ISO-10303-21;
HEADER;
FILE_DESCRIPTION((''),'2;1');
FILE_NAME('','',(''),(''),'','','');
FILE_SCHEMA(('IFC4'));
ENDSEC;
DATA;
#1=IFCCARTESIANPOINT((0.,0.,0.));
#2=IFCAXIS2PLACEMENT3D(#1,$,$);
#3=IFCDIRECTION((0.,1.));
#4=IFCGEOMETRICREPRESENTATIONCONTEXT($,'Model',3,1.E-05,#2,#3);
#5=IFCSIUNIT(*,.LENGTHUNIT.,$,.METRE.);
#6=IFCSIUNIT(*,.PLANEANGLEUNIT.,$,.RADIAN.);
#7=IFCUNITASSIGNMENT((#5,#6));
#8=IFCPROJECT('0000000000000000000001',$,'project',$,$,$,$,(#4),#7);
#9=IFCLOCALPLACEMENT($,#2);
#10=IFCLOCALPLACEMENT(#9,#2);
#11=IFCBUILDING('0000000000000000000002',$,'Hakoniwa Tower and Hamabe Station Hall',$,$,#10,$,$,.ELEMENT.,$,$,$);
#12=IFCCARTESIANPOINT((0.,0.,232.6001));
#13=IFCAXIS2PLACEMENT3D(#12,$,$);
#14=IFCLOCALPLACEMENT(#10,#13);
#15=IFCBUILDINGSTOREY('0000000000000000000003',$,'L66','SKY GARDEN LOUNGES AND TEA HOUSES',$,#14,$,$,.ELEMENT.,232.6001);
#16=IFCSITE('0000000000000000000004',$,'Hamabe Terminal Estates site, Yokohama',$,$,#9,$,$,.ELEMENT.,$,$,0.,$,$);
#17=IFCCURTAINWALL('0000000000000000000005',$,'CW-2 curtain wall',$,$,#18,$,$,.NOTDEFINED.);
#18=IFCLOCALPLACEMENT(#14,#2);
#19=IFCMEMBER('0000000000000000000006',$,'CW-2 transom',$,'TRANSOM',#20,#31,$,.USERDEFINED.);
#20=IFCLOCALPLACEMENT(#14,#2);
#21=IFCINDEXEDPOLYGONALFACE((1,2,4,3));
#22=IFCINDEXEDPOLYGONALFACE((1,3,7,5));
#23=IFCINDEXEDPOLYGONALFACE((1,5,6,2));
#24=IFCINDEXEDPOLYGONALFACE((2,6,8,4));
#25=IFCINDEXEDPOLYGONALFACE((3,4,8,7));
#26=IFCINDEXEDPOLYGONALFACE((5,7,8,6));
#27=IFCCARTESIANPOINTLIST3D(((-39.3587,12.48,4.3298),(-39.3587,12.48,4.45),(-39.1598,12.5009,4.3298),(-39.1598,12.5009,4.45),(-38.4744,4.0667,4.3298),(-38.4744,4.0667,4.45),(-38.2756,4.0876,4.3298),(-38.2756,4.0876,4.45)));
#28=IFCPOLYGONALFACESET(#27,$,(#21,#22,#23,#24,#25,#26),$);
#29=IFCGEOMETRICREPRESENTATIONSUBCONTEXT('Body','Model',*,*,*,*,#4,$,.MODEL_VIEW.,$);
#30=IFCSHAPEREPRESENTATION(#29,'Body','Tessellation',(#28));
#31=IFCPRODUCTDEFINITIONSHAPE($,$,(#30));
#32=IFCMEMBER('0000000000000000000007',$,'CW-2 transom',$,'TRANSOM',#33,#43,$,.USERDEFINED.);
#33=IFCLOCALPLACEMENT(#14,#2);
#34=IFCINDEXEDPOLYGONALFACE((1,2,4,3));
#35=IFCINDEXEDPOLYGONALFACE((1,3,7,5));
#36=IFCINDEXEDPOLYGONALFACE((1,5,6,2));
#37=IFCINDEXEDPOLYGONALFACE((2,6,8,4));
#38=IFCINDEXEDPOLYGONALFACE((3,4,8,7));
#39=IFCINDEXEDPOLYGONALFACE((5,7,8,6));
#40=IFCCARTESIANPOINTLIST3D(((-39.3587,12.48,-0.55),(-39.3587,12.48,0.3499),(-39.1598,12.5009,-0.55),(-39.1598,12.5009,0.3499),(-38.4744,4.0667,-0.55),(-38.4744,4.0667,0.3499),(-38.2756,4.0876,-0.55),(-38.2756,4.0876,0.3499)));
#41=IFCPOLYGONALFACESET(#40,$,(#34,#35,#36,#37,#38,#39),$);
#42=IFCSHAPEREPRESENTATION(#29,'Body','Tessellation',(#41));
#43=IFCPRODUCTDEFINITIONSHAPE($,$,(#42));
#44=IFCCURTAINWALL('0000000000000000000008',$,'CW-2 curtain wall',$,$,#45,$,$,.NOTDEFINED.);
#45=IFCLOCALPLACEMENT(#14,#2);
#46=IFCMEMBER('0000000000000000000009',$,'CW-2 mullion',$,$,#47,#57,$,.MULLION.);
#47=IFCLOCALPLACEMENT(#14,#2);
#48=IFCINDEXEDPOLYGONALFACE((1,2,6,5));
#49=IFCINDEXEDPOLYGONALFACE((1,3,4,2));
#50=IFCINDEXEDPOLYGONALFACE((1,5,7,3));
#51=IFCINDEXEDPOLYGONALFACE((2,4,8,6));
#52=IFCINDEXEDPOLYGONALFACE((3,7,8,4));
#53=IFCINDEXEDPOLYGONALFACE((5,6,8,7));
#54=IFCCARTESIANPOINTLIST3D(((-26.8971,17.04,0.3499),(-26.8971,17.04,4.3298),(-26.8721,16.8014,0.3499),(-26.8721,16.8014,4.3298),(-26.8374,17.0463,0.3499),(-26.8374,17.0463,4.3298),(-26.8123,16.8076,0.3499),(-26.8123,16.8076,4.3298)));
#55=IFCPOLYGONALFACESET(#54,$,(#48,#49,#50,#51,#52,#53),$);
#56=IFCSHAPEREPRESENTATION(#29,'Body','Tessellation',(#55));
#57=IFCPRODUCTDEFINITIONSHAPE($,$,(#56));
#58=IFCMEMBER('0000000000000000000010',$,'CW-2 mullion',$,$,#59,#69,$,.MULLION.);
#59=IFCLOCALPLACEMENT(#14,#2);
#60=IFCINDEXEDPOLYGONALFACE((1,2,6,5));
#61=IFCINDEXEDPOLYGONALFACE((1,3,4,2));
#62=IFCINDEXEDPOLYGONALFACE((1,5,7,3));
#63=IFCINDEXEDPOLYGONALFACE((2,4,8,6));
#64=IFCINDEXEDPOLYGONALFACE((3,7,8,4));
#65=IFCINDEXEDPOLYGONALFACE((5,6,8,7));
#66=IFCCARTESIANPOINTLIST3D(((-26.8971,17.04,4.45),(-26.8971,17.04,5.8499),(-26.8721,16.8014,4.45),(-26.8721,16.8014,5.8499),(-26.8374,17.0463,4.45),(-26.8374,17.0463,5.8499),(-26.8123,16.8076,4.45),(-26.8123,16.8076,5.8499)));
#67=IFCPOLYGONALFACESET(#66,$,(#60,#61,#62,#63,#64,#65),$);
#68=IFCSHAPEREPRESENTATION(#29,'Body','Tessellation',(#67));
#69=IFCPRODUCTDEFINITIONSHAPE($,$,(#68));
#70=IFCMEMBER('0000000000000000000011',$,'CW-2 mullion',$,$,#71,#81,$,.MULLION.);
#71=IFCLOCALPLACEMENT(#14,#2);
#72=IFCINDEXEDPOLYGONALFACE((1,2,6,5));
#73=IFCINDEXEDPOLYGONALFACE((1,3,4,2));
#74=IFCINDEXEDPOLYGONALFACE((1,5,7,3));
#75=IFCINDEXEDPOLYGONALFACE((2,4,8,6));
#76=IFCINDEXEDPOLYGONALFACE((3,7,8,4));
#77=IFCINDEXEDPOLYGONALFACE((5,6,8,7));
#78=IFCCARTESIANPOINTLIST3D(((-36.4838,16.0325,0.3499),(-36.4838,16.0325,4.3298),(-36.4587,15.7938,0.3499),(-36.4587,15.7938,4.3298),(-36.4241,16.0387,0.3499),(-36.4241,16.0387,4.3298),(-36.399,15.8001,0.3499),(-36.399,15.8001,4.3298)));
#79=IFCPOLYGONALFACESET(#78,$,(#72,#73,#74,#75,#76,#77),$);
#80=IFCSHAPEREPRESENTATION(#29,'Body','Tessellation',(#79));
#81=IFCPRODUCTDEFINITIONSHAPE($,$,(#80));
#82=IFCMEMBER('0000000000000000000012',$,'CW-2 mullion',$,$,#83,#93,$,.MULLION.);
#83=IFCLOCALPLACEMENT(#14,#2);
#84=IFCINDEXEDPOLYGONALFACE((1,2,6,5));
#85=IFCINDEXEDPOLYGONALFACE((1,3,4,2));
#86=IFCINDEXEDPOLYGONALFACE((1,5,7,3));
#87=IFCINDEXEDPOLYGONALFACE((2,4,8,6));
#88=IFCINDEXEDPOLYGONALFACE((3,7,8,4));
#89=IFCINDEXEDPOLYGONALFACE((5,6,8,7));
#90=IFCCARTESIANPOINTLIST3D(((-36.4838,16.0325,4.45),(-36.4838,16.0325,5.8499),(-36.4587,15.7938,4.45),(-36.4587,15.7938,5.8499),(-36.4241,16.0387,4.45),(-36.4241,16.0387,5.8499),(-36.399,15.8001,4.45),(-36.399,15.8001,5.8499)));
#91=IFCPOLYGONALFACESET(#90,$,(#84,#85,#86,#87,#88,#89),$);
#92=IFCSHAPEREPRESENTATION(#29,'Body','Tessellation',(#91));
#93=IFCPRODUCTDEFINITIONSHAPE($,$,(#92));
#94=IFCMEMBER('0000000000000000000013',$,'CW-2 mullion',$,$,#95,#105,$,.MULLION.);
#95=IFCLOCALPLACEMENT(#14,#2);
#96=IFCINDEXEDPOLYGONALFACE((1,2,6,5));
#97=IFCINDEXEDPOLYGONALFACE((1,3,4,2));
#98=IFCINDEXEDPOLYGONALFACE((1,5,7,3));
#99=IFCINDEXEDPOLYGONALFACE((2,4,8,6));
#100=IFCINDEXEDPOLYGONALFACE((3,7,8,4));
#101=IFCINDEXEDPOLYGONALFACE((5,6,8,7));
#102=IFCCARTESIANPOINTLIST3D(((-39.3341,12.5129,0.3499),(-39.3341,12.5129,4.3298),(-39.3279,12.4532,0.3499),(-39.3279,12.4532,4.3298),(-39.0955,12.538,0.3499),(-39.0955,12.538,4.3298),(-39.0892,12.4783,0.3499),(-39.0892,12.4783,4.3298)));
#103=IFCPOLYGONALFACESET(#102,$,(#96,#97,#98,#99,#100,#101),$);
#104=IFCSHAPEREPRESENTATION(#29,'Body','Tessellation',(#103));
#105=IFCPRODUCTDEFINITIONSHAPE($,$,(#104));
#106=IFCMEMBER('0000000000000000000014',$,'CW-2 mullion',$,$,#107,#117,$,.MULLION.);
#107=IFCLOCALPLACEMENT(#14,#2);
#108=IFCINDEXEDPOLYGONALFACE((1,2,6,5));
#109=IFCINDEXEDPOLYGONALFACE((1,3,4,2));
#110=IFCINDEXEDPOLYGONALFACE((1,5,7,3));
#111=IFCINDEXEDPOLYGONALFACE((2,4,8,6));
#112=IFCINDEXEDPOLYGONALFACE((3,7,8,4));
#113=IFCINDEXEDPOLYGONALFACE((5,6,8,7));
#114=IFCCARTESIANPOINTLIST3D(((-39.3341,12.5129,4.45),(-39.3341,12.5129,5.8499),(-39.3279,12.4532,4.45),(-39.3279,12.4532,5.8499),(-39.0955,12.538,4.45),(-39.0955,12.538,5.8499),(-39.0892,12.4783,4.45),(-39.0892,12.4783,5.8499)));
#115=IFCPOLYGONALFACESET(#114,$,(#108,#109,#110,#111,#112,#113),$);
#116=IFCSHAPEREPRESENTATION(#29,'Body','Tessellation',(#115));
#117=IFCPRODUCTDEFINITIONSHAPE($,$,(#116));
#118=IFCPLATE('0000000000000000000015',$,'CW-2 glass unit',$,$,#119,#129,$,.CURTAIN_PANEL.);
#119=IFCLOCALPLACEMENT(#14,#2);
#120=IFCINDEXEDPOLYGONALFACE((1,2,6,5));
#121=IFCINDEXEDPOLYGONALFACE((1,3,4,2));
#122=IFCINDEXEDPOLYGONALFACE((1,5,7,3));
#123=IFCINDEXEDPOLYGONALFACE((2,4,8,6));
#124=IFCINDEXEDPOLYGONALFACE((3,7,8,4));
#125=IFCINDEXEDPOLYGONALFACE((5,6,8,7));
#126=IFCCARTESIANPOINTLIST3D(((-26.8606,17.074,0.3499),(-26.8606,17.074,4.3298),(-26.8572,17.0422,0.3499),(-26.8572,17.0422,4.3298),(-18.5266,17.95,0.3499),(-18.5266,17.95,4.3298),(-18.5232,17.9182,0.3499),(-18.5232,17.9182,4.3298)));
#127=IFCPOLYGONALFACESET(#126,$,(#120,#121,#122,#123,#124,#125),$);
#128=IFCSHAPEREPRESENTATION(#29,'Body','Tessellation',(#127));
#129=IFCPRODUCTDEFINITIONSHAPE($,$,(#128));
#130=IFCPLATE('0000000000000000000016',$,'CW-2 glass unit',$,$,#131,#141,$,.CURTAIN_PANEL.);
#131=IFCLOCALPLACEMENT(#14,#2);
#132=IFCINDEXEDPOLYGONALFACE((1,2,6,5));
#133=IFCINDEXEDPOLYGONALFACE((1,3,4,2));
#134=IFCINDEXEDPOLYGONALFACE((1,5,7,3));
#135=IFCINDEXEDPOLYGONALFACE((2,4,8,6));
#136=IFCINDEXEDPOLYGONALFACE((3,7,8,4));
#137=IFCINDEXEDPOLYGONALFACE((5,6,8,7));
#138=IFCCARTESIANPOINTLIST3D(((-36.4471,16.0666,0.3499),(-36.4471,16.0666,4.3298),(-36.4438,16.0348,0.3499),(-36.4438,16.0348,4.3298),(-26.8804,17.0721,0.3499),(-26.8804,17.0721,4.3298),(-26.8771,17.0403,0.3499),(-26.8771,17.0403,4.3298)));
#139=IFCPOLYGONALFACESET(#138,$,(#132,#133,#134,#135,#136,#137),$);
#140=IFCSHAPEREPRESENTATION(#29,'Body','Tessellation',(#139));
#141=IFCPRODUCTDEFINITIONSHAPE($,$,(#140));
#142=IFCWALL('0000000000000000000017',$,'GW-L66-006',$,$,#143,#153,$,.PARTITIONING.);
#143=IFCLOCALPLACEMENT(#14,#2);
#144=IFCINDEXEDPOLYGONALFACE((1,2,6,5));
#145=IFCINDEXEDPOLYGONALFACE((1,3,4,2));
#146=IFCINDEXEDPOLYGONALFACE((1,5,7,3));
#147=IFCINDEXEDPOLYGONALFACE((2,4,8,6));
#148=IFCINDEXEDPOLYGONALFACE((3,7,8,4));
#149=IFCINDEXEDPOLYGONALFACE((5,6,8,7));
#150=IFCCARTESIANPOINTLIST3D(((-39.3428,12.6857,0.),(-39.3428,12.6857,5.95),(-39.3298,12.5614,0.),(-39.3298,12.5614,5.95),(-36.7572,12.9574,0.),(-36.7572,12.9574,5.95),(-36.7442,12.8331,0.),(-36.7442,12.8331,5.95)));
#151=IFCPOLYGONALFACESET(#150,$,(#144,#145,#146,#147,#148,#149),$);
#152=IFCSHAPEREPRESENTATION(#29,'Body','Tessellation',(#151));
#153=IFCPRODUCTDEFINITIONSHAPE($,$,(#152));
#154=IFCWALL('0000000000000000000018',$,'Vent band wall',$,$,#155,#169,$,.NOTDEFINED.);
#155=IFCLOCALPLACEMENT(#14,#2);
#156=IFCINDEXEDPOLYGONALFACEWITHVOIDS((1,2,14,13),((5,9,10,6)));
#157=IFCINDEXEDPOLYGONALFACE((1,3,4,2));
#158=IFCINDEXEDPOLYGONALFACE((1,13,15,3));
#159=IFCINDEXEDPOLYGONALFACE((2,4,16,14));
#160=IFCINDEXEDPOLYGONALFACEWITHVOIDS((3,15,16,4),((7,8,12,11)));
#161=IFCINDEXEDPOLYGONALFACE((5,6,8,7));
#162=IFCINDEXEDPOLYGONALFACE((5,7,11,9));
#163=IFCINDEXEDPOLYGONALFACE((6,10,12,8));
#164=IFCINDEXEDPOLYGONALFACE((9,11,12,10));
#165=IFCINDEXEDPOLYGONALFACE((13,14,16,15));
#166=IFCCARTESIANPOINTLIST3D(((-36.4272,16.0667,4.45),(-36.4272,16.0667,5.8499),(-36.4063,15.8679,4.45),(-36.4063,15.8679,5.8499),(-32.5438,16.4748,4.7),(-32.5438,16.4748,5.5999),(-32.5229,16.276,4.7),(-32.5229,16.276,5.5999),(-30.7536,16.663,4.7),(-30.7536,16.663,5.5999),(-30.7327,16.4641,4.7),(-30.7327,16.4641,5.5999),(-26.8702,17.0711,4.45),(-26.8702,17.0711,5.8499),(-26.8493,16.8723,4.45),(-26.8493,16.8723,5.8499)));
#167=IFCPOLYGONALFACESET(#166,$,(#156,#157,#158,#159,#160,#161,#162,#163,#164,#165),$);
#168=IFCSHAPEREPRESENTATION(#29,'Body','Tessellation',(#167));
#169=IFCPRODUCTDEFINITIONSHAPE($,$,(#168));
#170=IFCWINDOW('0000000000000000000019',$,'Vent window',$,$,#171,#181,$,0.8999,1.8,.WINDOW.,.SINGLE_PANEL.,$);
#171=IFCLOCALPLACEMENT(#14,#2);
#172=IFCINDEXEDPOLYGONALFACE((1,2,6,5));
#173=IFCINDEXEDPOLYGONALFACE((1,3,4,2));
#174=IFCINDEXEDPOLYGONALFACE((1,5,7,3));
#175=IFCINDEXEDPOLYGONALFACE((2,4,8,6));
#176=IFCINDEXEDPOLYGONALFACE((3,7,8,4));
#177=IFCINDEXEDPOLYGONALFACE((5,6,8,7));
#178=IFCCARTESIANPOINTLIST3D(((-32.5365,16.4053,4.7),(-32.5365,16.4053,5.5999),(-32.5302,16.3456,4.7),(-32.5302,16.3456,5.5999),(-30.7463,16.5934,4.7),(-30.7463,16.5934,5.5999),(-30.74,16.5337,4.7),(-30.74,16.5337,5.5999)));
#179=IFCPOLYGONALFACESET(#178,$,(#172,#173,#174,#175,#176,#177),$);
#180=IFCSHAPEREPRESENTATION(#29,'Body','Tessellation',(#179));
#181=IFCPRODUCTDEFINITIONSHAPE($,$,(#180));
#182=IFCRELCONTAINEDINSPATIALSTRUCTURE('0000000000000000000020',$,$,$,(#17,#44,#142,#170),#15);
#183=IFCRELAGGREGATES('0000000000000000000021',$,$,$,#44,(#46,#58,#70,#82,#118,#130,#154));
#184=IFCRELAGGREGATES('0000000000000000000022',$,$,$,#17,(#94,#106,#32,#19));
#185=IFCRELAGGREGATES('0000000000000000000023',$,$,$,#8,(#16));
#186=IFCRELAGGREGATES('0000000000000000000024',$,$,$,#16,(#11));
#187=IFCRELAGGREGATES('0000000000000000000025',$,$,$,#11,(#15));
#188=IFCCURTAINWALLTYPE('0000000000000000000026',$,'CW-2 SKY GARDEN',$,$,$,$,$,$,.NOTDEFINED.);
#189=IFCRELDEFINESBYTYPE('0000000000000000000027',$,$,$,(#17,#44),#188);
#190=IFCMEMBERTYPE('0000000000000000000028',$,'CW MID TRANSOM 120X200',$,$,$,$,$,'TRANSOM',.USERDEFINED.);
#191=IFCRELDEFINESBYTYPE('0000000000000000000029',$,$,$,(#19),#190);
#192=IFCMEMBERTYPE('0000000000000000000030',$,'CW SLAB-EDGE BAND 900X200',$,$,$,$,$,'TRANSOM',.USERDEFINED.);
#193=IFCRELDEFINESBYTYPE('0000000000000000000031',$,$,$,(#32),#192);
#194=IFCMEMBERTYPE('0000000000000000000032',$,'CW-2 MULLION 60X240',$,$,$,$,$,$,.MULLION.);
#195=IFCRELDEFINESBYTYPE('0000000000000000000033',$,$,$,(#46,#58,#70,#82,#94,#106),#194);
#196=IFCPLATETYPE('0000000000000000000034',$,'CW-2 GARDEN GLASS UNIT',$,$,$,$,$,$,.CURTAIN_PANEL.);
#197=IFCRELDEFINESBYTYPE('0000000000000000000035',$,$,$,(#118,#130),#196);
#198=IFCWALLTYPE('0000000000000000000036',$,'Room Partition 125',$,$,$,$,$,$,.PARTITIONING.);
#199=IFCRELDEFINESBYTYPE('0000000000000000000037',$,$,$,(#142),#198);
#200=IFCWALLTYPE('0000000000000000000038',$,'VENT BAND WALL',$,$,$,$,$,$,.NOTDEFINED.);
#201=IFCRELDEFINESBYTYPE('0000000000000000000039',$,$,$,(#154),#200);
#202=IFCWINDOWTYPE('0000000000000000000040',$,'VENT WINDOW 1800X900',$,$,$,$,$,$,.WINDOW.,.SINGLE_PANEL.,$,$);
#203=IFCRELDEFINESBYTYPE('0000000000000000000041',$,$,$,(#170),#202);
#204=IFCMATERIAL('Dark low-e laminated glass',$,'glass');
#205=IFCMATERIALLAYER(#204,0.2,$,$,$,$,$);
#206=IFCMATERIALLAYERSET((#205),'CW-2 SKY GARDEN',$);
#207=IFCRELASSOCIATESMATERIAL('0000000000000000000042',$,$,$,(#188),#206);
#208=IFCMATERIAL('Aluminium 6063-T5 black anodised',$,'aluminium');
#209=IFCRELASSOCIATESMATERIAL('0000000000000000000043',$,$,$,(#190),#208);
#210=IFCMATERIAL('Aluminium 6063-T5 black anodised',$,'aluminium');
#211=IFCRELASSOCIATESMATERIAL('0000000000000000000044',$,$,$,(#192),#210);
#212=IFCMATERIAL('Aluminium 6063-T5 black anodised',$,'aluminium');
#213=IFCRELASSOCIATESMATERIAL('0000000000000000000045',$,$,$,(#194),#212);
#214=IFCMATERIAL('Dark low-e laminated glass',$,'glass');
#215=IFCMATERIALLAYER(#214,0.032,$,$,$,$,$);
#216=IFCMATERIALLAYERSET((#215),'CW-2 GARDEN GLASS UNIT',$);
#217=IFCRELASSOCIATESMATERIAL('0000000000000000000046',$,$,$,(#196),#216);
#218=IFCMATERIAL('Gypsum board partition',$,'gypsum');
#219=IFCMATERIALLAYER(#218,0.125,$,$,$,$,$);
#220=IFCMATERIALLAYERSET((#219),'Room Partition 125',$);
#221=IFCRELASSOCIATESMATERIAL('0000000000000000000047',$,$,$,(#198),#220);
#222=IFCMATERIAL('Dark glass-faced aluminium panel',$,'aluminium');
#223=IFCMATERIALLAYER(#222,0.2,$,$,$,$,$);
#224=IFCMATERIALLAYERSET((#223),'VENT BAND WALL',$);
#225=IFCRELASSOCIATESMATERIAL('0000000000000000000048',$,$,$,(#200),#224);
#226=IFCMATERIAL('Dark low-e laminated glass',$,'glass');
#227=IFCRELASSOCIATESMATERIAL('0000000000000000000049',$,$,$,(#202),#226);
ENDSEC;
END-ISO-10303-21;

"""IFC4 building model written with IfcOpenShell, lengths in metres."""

from ifc_helpers import new_model, si_unit, direction, frame, frame_2d, origin, origin_2d, place, context, subcontext, project, spatial, rectangle, extrude, material, layer, layer_set, material_profile, profile_set, type_object, element, fill, aggregate, save


model = new_model("IFC4")

# Units and contexts
model_context = context("Model", 3, precision=1e-05, world=origin(), true_north=direction((0.0, 1.0)))
body_context = subcontext(model_context, "Body", "Model", "MODEL_VIEW")
ifc_project = project(units=[si_unit("LENGTHUNIT", "METRE"), si_unit("PLANEANGLEUNIT", "RADIAN")], contexts=[model_context])

# Site, building, storey
site_placement = place(None, origin())
site = spatial("IfcSite", under=ifc_project, at=site_placement, Name="Hamabe Terminal Estates site, Yokohama", CompositionType="ELEMENT", RefElevation=0.0)
building_placement = place(site_placement, origin())
building = spatial("IfcBuilding", under=site, at=building_placement, Name="Hakoniwa Tower and Hamabe Station Hall", CompositionType="ELEMENT")
storey_placement = place(building_placement, frame((0.0, 0.0, 232.6001)))
storey = spatial("IfcBuildingStorey", under=building, at=storey_placement, Name="L66", Description="SKY GARDEN LOUNGES AND TEA HOUSES", CompositionType="ELEMENT", Elevation=232.6001)

# Curtain walls, members
ifc_material_1 = material(Name="Dark low-e laminated glass", Category="glass")
ifc_layer_1 = layer(ifc_material_1, 0.2)
ifc_layer_set_1 = layer_set([ifc_layer_1], Name="CW-2 SKY GARDEN")
curtain_wall_type = type_object("IfcCurtainWallType", Name="CW-2 SKY GARDEN", PredefinedType="NOTDEFINED", material=ifc_layer_set_1)
curtain_wall_1_placement = place(storey_placement, origin())
curtain_wall_1 = element("IfcCurtainWall", 1, at=curtain_wall_1_placement, inside=storey, type_object=curtain_wall_type, Name="CW-2 curtain wall", PredefinedType="NOTDEFINED")
ifc_material_2 = material(Name="Aluminium 6063-T5 black anodised", Category="aluminium")
ifc_material_profile_1 = material_profile(ifc_material_2, rectangle(XDim=0.2, YDim=0.1201, at=origin_2d()), Name="CW MID TRANSOM 120X200")
ifc_profile_set_1 = profile_set([ifc_material_profile_1], Name="Aluminium 6063-T5 black anodised")
member_type_1 = type_object("IfcMemberType", Name="CW MID TRANSOM 120X200", ElementType="TRANSOM", PredefinedType="USERDEFINED", material=ifc_profile_set_1)
member_1_placement = place(storey_placement, frame((-39.2593, 12.4905, 4.3899), z_axis=(0.104529, -0.994522, 0.0), x_axis=(0.994522, 0.104529, 0.0)))
member_1 = element("IfcMember", 2, at=member_1_placement, type_object=member_type_1, Name="CW-2 transom", ObjectType="TRANSOM", PredefinedType="USERDEFINED", context=body_context, shape_type="SweptSolid", body=[
    extrude(rectangle(XDim=0.2, YDim=0.1201, at=origin_2d()), origin(), (0.0, 0.0, 1.0), 8.4597),
])
ifc_material_3 = material(Name="Aluminium 6063-T5 black anodised", Category="aluminium")
ifc_material_profile_2 = material_profile(ifc_material_3, rectangle(XDim=0.2, YDim=0.8999, at=origin_2d()), Name="CW SLAB-EDGE BAND 900X200")
ifc_profile_set_2 = profile_set([ifc_material_profile_2], Name="Aluminium 6063-T5 black anodised")
member_type_2 = type_object("IfcMemberType", Name="CW SLAB-EDGE BAND 900X200", ElementType="TRANSOM", PredefinedType="USERDEFINED", material=ifc_profile_set_2)
member_2_placement = place(storey_placement, frame((-39.2593, 12.4905, -0.1001), z_axis=(0.104529, -0.994522, 0.0), x_axis=(0.994522, 0.104529, 0.0)))
member_2 = element("IfcMember", 3, at=member_2_placement, type_object=member_type_2, Name="CW-2 transom", ObjectType="TRANSOM", PredefinedType="USERDEFINED", context=body_context, shape_type="SweptSolid", body=[
    extrude(rectangle(XDim=0.2, YDim=0.8999, at=origin_2d()), origin(), (0.0, 0.0, 1.0), 8.4597),
])
curtain_wall_2_placement = place(storey_placement, origin())
curtain_wall_2 = element("IfcCurtainWall", 4, at=curtain_wall_2_placement, inside=storey, type_object=curtain_wall_type, Name="CW-2 curtain wall", PredefinedType="NOTDEFINED")
ifc_material_4 = material(Name="Aluminium 6063-T5 black anodised", Category="aluminium")
ifc_material_profile_3 = material_profile(ifc_material_4, rectangle(XDim=0.0601, YDim=0.24, at=origin_2d()), Name="CW-2 MULLION 60X240")
ifc_profile_set_3 = profile_set([ifc_material_profile_3], Name="Aluminium 6063-T5 black anodised")
member_type_3 = type_object("IfcMemberType", Name="CW-2 MULLION 60X240", PredefinedType="MULLION", material=ifc_profile_set_3)
member_3_placement = place(storey_placement, frame((-26.8547, 16.9238, 0.3499), z_axis=(0.0, 0.0, 1.0), x_axis=(-0.994522, -0.104528, 0.0)))
member_3 = element("IfcMember", 5, at=member_3_placement, type_object=member_type_3, Name="CW-2 mullion", PredefinedType="MULLION", context=body_context, shape_type="SweptSolid", body=[
    extrude(rectangle(XDim=0.0601, YDim=0.24, at=origin_2d()), origin(), (0.0, 0.0, 1.0), 3.98),
])
member_4_placement = place(storey_placement, frame((-26.8547, 16.9238, 4.45), z_axis=(0.0, 0.0, 1.0), x_axis=(-0.994522, -0.104528, 0.0)))
member_4 = element("IfcMember", 6, at=member_4_placement, type_object=member_type_3, Name="CW-2 mullion", PredefinedType="MULLION", context=body_context, shape_type="SweptSolid", body=[
    extrude(rectangle(XDim=0.0601, YDim=0.24, at=origin_2d()), origin(), (0.0, 0.0, 1.0), 1.3999),
])
member_5_placement = place(storey_placement, frame((-36.4414, 15.9163, 0.3499), z_axis=(0.0, 0.0, 1.0), x_axis=(-0.994522, -0.104528, 0.0)))
member_5 = element("IfcMember", 7, at=member_5_placement, type_object=member_type_3, Name="CW-2 mullion", PredefinedType="MULLION", context=body_context, shape_type="SweptSolid", body=[
    extrude(rectangle(XDim=0.0601, YDim=0.24, at=origin_2d()), origin(), (0.0, 0.0, 1.0), 3.98),
])
member_6_placement = place(storey_placement, frame((-36.4414, 15.9163, 4.45), z_axis=(0.0, 0.0, 1.0), x_axis=(-0.994522, -0.104528, 0.0)))
member_6 = element("IfcMember", 8, at=member_6_placement, type_object=member_type_3, Name="CW-2 mullion", PredefinedType="MULLION", context=body_context, shape_type="SweptSolid", body=[
    extrude(rectangle(XDim=0.0601, YDim=0.24, at=origin_2d()), origin(), (0.0, 0.0, 1.0), 1.3999),
])

# Members
member_7_placement = place(storey_placement, frame((-39.2117, 12.4956, 0.3499), z_axis=(0.0, 0.0, 1.0), x_axis=(0.104528, -0.994522, 0.0)))
member_7 = element("IfcMember", 9, at=member_7_placement, type_object=member_type_3, Name="CW-2 mullion", PredefinedType="MULLION", context=body_context, shape_type="SweptSolid", body=[
    extrude(rectangle(XDim=0.0601, YDim=0.24, at=origin_2d()), origin(), (0.0, 0.0, 1.0), 3.98),
])
member_8_placement = place(storey_placement, frame((-39.2117, 12.4956, 4.45), z_axis=(0.0, 0.0, 1.0), x_axis=(0.104528, -0.994522, 0.0)))
member_8 = element("IfcMember", 10, at=member_8_placement, type_object=member_type_3, Name="CW-2 mullion", PredefinedType="MULLION", context=body_context, shape_type="SweptSolid", body=[
    extrude(rectangle(XDim=0.0601, YDim=0.24, at=origin_2d()), origin(), (0.0, 0.0, 1.0), 1.3999),
])

# Plates
ifc_material_5 = material(Name="Dark low-e laminated glass", Category="glass")
ifc_layer_2 = layer(ifc_material_5, 0.032)
ifc_layer_set_2 = layer_set([ifc_layer_2], Name="CW-2 GARDEN GLASS UNIT")
plate_type = type_object("IfcPlateType", Name="CW-2 GARDEN GLASS UNIT", PredefinedType="CURTAIN_PANEL", material=ifc_layer_set_2)
plate_1_placement = place(storey_placement, frame((-22.6919, 17.4961, 0.3499), z_axis=(0.0, 0.0, 1.0), x_axis=(-0.994522, -0.104528, 0.0)))
plate_1 = element("IfcPlate", 11, at=plate_1_placement, type_object=plate_type, Name="CW-2 glass unit", PredefinedType="CURTAIN_PANEL", context=body_context, shape_type="SweptSolid", body=[
    extrude(rectangle(XDim=8.3799, YDim=0.032, at=origin_2d()), origin(), (0.0, 0.0, 1.0), 3.98),
])
plate_2_placement = place(storey_placement, frame((-31.6621, 16.5535, 0.3499), z_axis=(0.0, 0.0, 1.0), x_axis=(-0.994522, -0.104528, 0.0)))
plate_2 = element("IfcPlate", 12, at=plate_2_placement, type_object=plate_type, Name="CW-2 glass unit", PredefinedType="CURTAIN_PANEL", context=body_context, shape_type="SweptSolid", body=[
    extrude(rectangle(XDim=9.6194, YDim=0.032, at=origin_2d()), origin(), (0.0, 0.0, 1.0), 3.98),
])

# Wall
ifc_material_6 = material(Name="Gypsum board partition", Category="gypsum")
ifc_layer_3 = layer(ifc_material_6, 0.125)
ifc_layer_set_3 = layer_set([ifc_layer_3], Name="Room Partition 125")
wall_type_1 = type_object("IfcWallType", Name="Room Partition 125", PredefinedType="PARTITIONING", material=ifc_layer_set_3)
wall_1_placement = place(storey_placement, frame((-39.3362, 12.6235, 0.0), z_axis=(0.0, 0.0, 1.0), x_axis=(0.994523, 0.104514, 0.0)))
element("IfcWall", 13, at=wall_1_placement, inside=storey, type_object=wall_type_1, Name="GW-L66-006", PredefinedType="PARTITIONING", context=body_context, shape_type="SweptSolid", body=[
    extrude(rectangle(XDim=2.5999, YDim=0.125, at=frame_2d((1.2998, 0.0))), origin(), (0.0, 0.0, 1.0), 5.95),
])

# Wall, opening, window
ifc_material_7 = material(Name="Dark glass-faced aluminium panel", Category="aluminium")
ifc_layer_4 = layer(ifc_material_7, 0.2)
ifc_layer_set_4 = layer_set([ifc_layer_4], Name="VENT BAND WALL")
wall_type_2 = type_object("IfcWallType", Name="VENT BAND WALL", PredefinedType="NOTDEFINED", material=ifc_layer_set_4)
wall_2_placement = place(storey_placement, frame((-26.8599, 16.9717, 4.45), z_axis=(0.0, 0.0, 1.0), x_axis=(-0.994523, -0.104521, 0.0)))
wall_2 = element("IfcWall", 14, at=wall_2_placement, type_object=wall_type_2, Name="Vent band wall", PredefinedType="NOTDEFINED", context=body_context, shape_type="SweptSolid", body=[
    extrude(rectangle(XDim=9.6096, YDim=0.2, at=frame_2d((4.8047, 0.0))), origin(), (0.0, 0.0, 1.0), 1.3999),
])
opening_1_placement = place(wall_2_placement, frame((3.9048, 0.0, 0.25)))
opening_1 = element("IfcOpeningElement", 15, at=opening_1_placement, cuts=wall_2, PredefinedType="OPENING", context=body_context, shape_type="SweptSolid", body=[
    extrude(rectangle(XDim=1.8, YDim=0.8999, at=frame_2d((0.8999, 0.45))), frame((0.0, 0.1099, 0.0), z_axis=(0.0, -1.0, 0.0), x_axis=(1.0, 0.0, 0.0)), (0.0, 0.0, 1.0), 0.22),
])
ifc_material_8 = material(Name="Dark low-e laminated glass", Category="glass")
window_type = type_object("IfcWindowType", Name="VENT WINDOW 1800X900", PartitioningType="SINGLE_PANEL", PredefinedType="WINDOW", material=ifc_material_8)
window_1_placement = place(opening_1_placement, origin())
window_1 = element("IfcWindow", 16, at=window_1_placement, inside=storey, type_object=window_type, Name="Vent window", OverallHeight=0.8999, OverallWidth=1.8, PartitioningType="SINGLE_PANEL", PredefinedType="WINDOW", context=body_context, shape_type="SweptSolid", body=[
    extrude(rectangle(XDim=1.8, YDim=0.8999, at=frame_2d((0.8999, 0.45))), frame((0.0, 0.03, 0.0), z_axis=(0.0, -1.0, 0.0), x_axis=(1.0, 0.0, 0.0)), (0.0, 0.0, 1.0), 0.0601),
])
fill(opening_1, window_1)
aggregate(curtain_wall_2, [member_3, member_4, member_5, member_6, plate_1, plate_2, wall_2])

aggregate(curtain_wall_1, [member_7, member_8, member_2, member_1])

save(model, "model.ifc")
